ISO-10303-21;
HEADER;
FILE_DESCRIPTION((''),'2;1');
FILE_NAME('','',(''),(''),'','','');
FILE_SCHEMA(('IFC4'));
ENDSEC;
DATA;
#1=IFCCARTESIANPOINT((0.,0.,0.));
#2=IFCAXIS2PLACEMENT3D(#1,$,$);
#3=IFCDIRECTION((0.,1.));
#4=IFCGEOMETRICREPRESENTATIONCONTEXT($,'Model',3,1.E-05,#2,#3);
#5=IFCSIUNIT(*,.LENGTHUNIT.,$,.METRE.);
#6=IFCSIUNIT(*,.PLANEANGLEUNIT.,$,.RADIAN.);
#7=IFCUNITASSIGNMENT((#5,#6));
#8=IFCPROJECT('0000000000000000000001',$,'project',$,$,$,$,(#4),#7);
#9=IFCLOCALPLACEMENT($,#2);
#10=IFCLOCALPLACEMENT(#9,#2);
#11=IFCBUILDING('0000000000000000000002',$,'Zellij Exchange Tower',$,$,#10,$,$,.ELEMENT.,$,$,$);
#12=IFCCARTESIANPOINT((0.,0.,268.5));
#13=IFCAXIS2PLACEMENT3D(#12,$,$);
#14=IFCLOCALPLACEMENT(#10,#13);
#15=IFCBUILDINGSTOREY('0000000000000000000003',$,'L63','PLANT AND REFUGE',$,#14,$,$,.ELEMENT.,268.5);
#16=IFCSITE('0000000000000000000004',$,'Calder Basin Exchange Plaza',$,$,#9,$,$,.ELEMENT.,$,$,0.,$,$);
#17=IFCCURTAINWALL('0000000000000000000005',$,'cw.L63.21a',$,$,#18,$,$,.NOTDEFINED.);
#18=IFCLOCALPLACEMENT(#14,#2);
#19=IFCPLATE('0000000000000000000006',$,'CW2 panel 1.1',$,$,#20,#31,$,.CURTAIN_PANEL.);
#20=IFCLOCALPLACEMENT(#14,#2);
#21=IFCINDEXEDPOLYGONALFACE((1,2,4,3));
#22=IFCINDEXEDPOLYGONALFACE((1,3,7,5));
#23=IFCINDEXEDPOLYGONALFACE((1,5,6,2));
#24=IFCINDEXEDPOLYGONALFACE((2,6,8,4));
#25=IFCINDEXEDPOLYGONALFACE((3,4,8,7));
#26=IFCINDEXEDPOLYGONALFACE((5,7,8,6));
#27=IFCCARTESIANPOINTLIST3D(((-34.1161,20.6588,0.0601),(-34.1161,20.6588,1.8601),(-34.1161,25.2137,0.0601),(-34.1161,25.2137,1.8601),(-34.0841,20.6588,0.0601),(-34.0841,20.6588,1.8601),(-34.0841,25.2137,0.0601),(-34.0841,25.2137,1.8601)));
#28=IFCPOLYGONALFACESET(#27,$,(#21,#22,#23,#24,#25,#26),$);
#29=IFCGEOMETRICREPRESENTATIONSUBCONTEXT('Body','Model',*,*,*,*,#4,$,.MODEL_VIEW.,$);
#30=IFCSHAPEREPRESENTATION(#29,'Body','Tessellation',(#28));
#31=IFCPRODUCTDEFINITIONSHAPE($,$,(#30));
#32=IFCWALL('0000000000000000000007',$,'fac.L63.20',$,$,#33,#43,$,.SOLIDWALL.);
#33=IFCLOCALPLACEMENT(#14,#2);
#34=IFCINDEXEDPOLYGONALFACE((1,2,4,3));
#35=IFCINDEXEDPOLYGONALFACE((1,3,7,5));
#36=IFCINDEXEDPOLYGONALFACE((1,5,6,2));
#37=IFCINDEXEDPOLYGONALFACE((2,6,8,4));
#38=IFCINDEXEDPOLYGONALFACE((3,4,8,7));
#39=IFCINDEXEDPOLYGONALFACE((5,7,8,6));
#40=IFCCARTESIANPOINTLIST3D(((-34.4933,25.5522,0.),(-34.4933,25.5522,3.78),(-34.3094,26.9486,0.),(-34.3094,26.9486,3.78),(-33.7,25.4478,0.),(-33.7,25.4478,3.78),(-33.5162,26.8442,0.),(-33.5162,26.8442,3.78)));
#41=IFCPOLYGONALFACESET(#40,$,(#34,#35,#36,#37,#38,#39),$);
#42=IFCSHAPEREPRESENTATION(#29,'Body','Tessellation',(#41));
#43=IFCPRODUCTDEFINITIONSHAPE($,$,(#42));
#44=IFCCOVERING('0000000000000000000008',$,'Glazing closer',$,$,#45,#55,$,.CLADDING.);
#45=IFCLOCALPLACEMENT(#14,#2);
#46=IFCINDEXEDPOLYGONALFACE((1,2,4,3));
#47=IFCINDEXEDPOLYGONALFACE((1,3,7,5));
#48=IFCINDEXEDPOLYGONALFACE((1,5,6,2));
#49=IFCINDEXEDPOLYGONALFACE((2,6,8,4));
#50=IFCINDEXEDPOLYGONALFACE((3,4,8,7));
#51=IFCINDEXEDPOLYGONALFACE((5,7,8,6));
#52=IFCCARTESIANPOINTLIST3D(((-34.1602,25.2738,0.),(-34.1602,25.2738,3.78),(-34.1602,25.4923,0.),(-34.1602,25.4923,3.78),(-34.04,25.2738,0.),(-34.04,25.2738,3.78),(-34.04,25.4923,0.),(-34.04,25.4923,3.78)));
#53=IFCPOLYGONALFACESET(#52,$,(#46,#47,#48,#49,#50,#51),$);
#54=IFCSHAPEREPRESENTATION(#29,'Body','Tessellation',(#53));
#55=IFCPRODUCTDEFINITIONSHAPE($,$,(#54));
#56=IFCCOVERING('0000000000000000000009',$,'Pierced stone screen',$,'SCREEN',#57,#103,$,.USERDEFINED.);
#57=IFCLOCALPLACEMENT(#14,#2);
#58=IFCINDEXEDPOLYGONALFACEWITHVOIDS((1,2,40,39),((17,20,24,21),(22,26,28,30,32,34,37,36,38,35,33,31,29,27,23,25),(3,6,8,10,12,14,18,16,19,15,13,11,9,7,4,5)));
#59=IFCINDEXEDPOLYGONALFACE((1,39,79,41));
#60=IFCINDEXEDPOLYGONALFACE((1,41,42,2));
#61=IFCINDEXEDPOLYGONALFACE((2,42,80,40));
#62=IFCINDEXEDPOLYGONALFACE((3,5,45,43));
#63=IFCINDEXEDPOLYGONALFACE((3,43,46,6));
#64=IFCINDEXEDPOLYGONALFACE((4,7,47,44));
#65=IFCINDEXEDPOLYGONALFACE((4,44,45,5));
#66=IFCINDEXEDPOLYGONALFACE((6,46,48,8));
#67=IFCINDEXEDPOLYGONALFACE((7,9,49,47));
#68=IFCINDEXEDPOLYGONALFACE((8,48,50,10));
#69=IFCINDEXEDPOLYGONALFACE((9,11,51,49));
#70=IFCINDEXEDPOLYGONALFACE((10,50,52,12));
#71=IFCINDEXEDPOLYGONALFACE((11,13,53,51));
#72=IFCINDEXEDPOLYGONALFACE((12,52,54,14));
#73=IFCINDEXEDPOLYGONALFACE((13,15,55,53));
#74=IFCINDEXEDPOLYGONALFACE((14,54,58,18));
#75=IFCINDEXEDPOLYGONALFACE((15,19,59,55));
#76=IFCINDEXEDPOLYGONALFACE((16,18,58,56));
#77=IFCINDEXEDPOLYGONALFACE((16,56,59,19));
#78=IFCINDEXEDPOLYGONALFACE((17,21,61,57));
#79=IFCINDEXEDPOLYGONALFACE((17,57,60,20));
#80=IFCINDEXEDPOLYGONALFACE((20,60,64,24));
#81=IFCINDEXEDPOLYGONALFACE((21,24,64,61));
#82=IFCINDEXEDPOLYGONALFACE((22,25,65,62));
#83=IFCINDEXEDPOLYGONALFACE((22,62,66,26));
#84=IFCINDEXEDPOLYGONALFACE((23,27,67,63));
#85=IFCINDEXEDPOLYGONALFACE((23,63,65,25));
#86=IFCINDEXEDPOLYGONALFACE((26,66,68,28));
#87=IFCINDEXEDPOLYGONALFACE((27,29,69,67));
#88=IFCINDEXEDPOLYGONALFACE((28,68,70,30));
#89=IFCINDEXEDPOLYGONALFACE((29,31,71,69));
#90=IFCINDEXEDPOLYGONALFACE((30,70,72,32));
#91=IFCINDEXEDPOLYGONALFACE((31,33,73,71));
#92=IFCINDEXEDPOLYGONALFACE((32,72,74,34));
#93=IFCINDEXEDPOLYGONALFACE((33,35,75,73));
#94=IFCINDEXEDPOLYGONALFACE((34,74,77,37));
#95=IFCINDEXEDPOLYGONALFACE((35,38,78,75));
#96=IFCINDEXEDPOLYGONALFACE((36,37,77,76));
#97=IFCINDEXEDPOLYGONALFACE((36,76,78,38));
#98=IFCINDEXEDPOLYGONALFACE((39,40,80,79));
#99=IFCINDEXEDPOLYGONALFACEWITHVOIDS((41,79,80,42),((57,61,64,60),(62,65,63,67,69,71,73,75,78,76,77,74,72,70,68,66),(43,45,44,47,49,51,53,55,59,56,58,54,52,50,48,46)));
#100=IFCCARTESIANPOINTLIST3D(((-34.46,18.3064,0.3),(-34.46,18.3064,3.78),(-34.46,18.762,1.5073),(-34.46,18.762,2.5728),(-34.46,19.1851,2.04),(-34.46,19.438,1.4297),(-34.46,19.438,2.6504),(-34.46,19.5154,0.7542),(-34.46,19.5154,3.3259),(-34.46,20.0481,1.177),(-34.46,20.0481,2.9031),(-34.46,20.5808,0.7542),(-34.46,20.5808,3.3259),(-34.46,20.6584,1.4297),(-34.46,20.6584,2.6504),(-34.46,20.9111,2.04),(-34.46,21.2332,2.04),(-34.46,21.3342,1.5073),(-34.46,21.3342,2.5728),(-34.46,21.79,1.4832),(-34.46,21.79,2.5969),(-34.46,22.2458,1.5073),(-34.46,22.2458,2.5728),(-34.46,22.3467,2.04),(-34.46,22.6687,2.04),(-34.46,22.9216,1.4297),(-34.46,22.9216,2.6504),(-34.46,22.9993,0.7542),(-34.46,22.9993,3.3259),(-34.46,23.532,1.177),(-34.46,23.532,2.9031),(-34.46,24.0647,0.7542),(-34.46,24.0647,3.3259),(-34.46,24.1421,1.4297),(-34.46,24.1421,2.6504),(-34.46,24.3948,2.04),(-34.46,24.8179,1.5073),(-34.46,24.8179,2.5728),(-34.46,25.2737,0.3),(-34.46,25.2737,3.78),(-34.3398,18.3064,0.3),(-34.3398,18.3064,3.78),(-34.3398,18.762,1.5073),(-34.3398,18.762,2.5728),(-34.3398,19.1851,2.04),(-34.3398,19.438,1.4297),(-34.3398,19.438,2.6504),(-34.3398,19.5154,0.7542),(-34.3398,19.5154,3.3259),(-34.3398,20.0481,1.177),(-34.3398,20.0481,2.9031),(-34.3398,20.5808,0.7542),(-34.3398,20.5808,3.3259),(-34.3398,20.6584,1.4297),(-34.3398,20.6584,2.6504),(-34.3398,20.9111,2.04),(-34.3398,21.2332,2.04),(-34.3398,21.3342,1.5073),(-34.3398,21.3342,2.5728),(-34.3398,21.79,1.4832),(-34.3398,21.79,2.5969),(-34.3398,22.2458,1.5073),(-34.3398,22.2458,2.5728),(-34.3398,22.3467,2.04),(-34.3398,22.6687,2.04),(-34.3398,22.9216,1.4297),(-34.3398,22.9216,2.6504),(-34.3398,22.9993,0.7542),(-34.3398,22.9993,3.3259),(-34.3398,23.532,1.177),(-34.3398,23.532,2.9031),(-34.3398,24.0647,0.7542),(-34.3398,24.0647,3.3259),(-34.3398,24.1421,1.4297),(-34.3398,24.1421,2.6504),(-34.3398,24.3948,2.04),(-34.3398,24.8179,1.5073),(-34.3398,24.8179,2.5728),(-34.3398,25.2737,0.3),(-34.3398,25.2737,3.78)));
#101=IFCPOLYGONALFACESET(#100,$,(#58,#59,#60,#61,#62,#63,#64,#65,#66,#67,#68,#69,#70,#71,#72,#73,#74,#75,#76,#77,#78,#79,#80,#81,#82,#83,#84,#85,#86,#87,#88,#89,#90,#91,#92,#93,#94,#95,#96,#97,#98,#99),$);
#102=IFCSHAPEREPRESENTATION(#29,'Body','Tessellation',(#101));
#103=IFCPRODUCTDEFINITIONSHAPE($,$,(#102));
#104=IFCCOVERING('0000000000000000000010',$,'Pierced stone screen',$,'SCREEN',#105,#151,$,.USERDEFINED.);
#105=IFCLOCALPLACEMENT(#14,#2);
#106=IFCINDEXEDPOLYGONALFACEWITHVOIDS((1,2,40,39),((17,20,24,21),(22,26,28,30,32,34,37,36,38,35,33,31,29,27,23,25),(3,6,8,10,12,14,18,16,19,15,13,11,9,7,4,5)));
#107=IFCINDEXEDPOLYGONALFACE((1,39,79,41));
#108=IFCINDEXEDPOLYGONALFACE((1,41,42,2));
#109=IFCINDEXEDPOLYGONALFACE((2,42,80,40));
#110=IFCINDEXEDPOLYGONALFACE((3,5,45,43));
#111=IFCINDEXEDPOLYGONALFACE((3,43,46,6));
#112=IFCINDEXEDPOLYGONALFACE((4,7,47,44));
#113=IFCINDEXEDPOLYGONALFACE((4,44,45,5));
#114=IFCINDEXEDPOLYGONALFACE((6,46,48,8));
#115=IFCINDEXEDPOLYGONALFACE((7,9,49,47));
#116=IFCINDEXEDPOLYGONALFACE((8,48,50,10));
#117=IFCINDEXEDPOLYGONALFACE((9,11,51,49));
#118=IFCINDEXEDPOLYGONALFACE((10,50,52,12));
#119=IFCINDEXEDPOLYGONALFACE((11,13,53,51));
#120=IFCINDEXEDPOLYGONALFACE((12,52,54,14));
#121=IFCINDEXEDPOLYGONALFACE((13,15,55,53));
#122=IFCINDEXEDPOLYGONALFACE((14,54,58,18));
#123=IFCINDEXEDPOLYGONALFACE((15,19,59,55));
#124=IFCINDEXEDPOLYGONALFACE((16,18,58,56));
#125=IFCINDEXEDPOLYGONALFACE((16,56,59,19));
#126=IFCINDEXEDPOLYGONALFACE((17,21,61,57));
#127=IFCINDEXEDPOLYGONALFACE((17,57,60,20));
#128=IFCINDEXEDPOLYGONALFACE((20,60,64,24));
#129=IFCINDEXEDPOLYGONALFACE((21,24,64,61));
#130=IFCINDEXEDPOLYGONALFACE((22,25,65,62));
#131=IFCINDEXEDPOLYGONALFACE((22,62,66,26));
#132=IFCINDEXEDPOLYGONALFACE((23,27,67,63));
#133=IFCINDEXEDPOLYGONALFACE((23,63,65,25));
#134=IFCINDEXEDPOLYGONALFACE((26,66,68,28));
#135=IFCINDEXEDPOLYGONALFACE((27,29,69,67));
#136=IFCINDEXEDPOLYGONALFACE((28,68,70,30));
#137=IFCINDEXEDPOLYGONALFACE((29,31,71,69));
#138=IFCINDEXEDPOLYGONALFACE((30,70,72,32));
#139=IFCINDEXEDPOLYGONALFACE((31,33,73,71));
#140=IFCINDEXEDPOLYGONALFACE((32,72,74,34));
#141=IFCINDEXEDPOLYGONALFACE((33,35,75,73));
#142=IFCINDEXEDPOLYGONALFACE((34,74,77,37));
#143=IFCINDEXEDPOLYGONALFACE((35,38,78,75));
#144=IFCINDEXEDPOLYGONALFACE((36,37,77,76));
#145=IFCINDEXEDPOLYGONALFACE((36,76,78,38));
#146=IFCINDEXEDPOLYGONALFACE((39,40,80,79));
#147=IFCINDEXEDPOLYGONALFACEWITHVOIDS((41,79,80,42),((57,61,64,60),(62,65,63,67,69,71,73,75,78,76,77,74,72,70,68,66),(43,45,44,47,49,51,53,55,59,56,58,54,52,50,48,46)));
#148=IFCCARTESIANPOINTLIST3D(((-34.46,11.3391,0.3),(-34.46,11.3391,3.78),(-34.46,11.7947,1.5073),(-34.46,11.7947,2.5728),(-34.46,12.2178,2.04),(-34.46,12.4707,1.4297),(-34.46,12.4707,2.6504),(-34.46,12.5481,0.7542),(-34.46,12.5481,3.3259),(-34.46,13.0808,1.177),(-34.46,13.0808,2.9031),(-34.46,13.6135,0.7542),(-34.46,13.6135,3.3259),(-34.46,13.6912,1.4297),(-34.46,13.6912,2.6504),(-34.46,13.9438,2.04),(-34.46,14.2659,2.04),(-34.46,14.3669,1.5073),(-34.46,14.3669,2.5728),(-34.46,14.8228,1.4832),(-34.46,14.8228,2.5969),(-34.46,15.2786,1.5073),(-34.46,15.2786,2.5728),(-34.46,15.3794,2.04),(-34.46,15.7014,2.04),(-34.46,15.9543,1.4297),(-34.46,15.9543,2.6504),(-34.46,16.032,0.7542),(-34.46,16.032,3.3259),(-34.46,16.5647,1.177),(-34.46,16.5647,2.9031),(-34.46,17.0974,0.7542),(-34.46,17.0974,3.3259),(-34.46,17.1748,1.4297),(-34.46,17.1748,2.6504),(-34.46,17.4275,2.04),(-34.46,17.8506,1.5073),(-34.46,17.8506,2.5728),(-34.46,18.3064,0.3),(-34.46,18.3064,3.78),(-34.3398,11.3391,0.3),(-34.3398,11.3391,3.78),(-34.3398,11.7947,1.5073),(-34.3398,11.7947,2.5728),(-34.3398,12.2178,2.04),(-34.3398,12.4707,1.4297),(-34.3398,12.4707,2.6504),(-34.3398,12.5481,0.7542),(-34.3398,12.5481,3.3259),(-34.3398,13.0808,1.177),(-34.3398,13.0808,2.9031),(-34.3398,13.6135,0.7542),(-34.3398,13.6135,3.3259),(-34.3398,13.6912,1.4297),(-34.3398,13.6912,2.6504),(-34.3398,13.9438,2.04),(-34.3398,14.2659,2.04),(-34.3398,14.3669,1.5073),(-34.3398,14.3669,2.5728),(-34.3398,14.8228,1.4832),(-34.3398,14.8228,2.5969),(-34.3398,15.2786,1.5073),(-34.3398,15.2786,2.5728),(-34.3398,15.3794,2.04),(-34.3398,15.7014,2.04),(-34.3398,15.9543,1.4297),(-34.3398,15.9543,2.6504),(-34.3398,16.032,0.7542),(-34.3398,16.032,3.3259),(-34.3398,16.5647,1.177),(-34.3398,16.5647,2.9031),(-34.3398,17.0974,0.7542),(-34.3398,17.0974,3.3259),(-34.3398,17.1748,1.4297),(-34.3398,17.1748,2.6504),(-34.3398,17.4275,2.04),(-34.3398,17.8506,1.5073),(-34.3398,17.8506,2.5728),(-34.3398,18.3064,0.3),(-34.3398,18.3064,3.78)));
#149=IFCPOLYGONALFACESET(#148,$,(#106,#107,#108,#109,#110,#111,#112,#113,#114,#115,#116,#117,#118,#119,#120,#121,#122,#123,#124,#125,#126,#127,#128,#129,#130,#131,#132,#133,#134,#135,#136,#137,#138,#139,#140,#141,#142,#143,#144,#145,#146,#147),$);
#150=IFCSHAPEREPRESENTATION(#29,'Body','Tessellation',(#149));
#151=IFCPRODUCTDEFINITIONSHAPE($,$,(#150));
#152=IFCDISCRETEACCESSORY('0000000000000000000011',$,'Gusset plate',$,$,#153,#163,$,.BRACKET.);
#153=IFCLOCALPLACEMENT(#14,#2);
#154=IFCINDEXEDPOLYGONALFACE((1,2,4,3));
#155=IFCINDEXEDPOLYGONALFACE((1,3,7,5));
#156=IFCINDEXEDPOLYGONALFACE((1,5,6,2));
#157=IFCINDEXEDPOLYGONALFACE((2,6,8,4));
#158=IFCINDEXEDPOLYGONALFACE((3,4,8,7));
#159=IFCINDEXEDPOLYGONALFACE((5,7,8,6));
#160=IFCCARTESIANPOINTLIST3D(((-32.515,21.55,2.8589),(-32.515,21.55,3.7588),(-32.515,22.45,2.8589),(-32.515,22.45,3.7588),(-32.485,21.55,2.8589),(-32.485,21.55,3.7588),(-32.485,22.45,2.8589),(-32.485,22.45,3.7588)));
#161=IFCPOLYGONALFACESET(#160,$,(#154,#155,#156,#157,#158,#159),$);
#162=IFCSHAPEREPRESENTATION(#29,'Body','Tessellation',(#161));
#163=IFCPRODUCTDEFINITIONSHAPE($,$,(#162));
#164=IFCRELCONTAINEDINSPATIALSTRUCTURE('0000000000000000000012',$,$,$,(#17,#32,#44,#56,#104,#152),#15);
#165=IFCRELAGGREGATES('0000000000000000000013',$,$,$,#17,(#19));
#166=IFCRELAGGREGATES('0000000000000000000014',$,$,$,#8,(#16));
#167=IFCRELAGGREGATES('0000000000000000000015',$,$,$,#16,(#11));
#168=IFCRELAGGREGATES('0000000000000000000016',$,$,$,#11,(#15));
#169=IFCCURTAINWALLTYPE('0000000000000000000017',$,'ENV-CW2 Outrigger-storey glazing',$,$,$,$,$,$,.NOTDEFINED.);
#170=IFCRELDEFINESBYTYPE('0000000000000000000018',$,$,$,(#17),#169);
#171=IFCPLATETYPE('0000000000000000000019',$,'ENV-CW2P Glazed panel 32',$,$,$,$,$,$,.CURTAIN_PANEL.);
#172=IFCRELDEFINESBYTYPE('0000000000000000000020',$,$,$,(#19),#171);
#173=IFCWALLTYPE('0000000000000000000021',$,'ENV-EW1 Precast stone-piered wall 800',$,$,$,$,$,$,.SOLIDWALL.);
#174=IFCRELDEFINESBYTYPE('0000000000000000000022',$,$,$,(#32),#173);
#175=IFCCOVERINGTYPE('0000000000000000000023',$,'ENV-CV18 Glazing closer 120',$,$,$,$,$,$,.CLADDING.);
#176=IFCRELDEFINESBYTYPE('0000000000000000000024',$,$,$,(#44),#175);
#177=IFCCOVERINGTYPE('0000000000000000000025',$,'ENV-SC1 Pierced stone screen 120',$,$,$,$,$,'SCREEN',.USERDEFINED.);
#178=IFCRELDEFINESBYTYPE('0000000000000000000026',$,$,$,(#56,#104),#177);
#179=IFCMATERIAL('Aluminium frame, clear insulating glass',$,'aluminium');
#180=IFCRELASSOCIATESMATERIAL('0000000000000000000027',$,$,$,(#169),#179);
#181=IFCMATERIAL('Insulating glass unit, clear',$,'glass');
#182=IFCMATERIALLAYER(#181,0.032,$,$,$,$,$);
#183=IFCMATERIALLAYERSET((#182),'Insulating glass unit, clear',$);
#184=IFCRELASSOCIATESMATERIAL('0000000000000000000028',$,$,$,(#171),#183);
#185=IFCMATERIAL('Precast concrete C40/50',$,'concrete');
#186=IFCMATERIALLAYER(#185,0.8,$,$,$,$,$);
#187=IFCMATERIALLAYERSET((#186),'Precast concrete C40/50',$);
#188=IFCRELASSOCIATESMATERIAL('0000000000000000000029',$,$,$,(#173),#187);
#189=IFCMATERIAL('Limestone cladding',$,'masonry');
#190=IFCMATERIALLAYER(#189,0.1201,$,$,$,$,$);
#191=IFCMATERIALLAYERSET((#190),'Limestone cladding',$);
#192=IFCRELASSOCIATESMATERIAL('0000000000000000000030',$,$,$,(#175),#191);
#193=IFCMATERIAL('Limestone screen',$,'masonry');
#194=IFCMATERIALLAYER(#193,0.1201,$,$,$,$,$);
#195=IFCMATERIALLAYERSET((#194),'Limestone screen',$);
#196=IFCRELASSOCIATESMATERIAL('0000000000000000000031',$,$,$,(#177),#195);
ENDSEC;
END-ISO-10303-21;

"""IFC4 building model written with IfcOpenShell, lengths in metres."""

from ifc_helpers import new_model, si_unit, direction, frame, frame_2d, origin, origin_2d, place, context, subcontext, project, spatial, polyline, rectangle, outline, extrude, material, layer, layer_set, type_object, element, aggregate, save


model = new_model("IFC4")

# Units and contexts
model_context = context("Model", 3, precision=1e-05, world=origin(), true_north=direction((0.0, 1.0)))
body_context = subcontext(model_context, "Body", "Model", "MODEL_VIEW")
ifc_project = project(units=[si_unit("LENGTHUNIT", "METRE"), si_unit("PLANEANGLEUNIT", "RADIAN")], contexts=[model_context])

# Site, building, storey
site_placement = place(None, origin())
site = spatial("IfcSite", under=ifc_project, at=site_placement, Name="Calder Basin Exchange Plaza", CompositionType="ELEMENT", RefElevation=0.0)
building_placement = place(site_placement, origin())
building = spatial("IfcBuilding", under=site, at=building_placement, Name="Zellij Exchange Tower", CompositionType="ELEMENT")
storey_placement = place(building_placement, frame((0.0, 0.0, 268.5)))
storey = spatial("IfcBuildingStorey", under=building, at=storey_placement, Name="L63", Description="PLANT AND REFUGE", CompositionType="ELEMENT", Elevation=268.5)

# Curtain wall
ifc_material_1 = material(Name="Aluminium frame, clear insulating glass", Category="aluminium")
curtain_wall_type = type_object("IfcCurtainWallType", Name="ENV-CW2 Outrigger-storey glazing", PredefinedType="NOTDEFINED", material=ifc_material_1)
curtain_wall_placement = place(storey_placement, origin())
curtain_wall = element("IfcCurtainWall", 1, at=curtain_wall_placement, inside=storey, type_object=curtain_wall_type, Name="cw.L63.21a", PredefinedType="NOTDEFINED")

# Plate
ifc_material_2 = material(Name="Insulating glass unit, clear", Category="glass")
ifc_layer_1 = layer(ifc_material_2, 0.032)
ifc_layer_set_1 = layer_set([ifc_layer_1], Name="Insulating glass unit, clear")
plate_type_1 = type_object("IfcPlateType", Name="ENV-CW2P Glazed panel 32", PredefinedType="CURTAIN_PANEL", material=ifc_layer_set_1)
plate_1_placement = place(storey_placement, frame((-34.1001, 22.9363, 0.0601), z_axis=(0.0, 0.0, 1.0), x_axis=(0.0, -1.0, 0.0)))
plate_1 = element("IfcPlate", 2, at=plate_1_placement, type_object=plate_type_1, Name="CW2 panel 1.1", PredefinedType="CURTAIN_PANEL", context=body_context, shape_type="SweptSolid", body=[
    extrude(rectangle(XDim=4.5549, YDim=0.032, at=origin_2d()), origin(), (0.0, 0.0, 1.0), 1.8),
])
aggregate(curtain_wall, [plate_1])

# Wall
ifc_material_3 = material(Name="Precast concrete C40/50", Category="concrete")
ifc_layer_2 = layer(ifc_material_3, 0.8)
ifc_layer_set_2 = layer_set([ifc_layer_2], Name="Precast concrete C40/50")
wall_type = type_object("IfcWallType", Name="ENV-EW1 Precast stone-piered wall 800", PredefinedType="SOLIDWALL", material=ifc_layer_set_2)
wall_placement = place(storey_placement, frame((-33.9128, 26.8962, 0.0), z_axis=(0.0, 0.0, 1.0), x_axis=(-0.130517, -0.991446, 0.0)))
element("IfcWall", 3, at=wall_placement, inside=storey, type_object=wall_type, Name="fac.L63.20", PredefinedType="SOLIDWALL", context=body_context, shape_type="SweptSolid", body=[
    extrude(rectangle(XDim=1.4084, YDim=0.8, at=frame_2d((0.7041, 0.0))), origin(), (0.0, 0.0, 1.0), 3.78),
])

# Coverings
ifc_material_4 = material(Name="Limestone cladding", Category="masonry")
ifc_layer_3 = layer(ifc_material_4, 0.1201)
ifc_layer_set_3 = layer_set([ifc_layer_3], Name="Limestone cladding")
covering_type_1 = type_object("IfcCoveringType", Name="ENV-CV18 Glazing closer 120", PredefinedType="CLADDING", material=ifc_layer_set_3)
covering_placement = place(storey_placement, frame((-34.1001, 25.3831, 0.0), z_axis=(0.0, 0.0, 1.0), x_axis=(0.0, 1.0, 0.0)))
element("IfcCovering", 4, at=covering_placement, inside=storey, type_object=covering_type_1, Name="Glazing closer", PredefinedType="CLADDING", context=body_context, shape_type="SweptSolid", body=[
    extrude(rectangle(XDim=0.2185, YDim=0.1201, at=origin_2d()), origin(), (0.0, 0.0, 1.0), 3.78),
])
ifc_material_5 = material(Name="Limestone screen", Category="masonry")
ifc_layer_4 = layer(ifc_material_5, 0.1201)
ifc_layer_set_4 = layer_set([ifc_layer_4], Name="Limestone screen")
covering_type_2 = type_object("IfcCoveringType", Name="ENV-SC1 Pierced stone screen 120", ElementType="SCREEN", PredefinedType="USERDEFINED", material=ifc_layer_set_4)
for number, where, z_axis, x_axis, name in (
    (5, (-34.3999, 25.2737, 0.3), (0.0, 0.0, 1.0), (0.0, -1.0, 0.0), "Pierced stone screen"),
    (6, (-34.3999, 18.3064, 0.3), (0.0, 0.0, 1.0), (0.0, -1.0, 0.0), "Pierced stone screen"),
):
    element("IfcCovering", number, at=place(storey_placement, frame(where, z_axis=z_axis, x_axis=x_axis)), inside=storey, type_object=covering_type_2, Name=name, ObjectType="SCREEN", PredefinedType="USERDEFINED", context=body_context, shape_type="SweptSolid", body=[
        extrude(outline(polyline([(0.0, 0.0), (6.9673, 0.0), (6.9673, 3.48), (0.0, 3.48), (0.0, 0.0)]), holes=[polyline([(3.0278, 2.2727), (2.3521, 2.3503), (2.2744, 3.0259), (1.7417, 2.603), (1.209, 3.0259), (1.1316, 2.3503), (0.4558, 2.2727), (0.8789, 1.74), (0.4558, 1.2073), (1.1316, 1.1296), (1.209, 0.4541), (1.7417, 0.877), (2.2744, 0.4541), (2.3521, 1.1296), (3.0278, 1.2073), (2.605, 1.74), (3.0278, 2.2727)]), polyline([(6.5117, 2.2727), (5.8357, 2.3503), (5.7583, 3.0259), (5.2256, 2.603), (4.6929, 3.0259), (4.6152, 2.3503), (3.9395, 2.2727), (4.3625, 1.74), (3.9395, 1.2073), (4.6152, 1.1296), (4.6929, 0.4541), (5.2256, 0.877), (5.7583, 0.4541), (5.8357, 1.1296), (6.5117, 1.2073), (6.0886, 1.74), (6.5117, 2.2727)]), polyline([(4.0405, 1.74), (3.4836, 2.2969), (2.927, 1.74), (3.4836, 1.1831), (4.0405, 1.74)])]), frame((0.0, 0.0601, 0.0), z_axis=(0.0, -1.0, 0.0), x_axis=(1.0, 0.0, 0.0)), (0.0, 0.0, 1.0), 0.1201),
    ])

# Discrete accessory
discrete_accessory_placement = place(storey_placement, frame((-32.5, 22.0, 2.8589), z_axis=(0.0, 0.0, 1.0), x_axis=(0.0, 1.0, 0.0)))
element("IfcDiscreteAccessory", 7, at=discrete_accessory_placement, inside=storey, Name="Gusset plate", PredefinedType="BRACKET", context=body_context, shape_type="SweptSolid", body=[
    extrude(rectangle(XDim=0.8999, YDim=0.03, at=origin_2d()), origin(), (0.0, 0.0, 1.0), 0.8999),
])

save(model, "model.ifc")
